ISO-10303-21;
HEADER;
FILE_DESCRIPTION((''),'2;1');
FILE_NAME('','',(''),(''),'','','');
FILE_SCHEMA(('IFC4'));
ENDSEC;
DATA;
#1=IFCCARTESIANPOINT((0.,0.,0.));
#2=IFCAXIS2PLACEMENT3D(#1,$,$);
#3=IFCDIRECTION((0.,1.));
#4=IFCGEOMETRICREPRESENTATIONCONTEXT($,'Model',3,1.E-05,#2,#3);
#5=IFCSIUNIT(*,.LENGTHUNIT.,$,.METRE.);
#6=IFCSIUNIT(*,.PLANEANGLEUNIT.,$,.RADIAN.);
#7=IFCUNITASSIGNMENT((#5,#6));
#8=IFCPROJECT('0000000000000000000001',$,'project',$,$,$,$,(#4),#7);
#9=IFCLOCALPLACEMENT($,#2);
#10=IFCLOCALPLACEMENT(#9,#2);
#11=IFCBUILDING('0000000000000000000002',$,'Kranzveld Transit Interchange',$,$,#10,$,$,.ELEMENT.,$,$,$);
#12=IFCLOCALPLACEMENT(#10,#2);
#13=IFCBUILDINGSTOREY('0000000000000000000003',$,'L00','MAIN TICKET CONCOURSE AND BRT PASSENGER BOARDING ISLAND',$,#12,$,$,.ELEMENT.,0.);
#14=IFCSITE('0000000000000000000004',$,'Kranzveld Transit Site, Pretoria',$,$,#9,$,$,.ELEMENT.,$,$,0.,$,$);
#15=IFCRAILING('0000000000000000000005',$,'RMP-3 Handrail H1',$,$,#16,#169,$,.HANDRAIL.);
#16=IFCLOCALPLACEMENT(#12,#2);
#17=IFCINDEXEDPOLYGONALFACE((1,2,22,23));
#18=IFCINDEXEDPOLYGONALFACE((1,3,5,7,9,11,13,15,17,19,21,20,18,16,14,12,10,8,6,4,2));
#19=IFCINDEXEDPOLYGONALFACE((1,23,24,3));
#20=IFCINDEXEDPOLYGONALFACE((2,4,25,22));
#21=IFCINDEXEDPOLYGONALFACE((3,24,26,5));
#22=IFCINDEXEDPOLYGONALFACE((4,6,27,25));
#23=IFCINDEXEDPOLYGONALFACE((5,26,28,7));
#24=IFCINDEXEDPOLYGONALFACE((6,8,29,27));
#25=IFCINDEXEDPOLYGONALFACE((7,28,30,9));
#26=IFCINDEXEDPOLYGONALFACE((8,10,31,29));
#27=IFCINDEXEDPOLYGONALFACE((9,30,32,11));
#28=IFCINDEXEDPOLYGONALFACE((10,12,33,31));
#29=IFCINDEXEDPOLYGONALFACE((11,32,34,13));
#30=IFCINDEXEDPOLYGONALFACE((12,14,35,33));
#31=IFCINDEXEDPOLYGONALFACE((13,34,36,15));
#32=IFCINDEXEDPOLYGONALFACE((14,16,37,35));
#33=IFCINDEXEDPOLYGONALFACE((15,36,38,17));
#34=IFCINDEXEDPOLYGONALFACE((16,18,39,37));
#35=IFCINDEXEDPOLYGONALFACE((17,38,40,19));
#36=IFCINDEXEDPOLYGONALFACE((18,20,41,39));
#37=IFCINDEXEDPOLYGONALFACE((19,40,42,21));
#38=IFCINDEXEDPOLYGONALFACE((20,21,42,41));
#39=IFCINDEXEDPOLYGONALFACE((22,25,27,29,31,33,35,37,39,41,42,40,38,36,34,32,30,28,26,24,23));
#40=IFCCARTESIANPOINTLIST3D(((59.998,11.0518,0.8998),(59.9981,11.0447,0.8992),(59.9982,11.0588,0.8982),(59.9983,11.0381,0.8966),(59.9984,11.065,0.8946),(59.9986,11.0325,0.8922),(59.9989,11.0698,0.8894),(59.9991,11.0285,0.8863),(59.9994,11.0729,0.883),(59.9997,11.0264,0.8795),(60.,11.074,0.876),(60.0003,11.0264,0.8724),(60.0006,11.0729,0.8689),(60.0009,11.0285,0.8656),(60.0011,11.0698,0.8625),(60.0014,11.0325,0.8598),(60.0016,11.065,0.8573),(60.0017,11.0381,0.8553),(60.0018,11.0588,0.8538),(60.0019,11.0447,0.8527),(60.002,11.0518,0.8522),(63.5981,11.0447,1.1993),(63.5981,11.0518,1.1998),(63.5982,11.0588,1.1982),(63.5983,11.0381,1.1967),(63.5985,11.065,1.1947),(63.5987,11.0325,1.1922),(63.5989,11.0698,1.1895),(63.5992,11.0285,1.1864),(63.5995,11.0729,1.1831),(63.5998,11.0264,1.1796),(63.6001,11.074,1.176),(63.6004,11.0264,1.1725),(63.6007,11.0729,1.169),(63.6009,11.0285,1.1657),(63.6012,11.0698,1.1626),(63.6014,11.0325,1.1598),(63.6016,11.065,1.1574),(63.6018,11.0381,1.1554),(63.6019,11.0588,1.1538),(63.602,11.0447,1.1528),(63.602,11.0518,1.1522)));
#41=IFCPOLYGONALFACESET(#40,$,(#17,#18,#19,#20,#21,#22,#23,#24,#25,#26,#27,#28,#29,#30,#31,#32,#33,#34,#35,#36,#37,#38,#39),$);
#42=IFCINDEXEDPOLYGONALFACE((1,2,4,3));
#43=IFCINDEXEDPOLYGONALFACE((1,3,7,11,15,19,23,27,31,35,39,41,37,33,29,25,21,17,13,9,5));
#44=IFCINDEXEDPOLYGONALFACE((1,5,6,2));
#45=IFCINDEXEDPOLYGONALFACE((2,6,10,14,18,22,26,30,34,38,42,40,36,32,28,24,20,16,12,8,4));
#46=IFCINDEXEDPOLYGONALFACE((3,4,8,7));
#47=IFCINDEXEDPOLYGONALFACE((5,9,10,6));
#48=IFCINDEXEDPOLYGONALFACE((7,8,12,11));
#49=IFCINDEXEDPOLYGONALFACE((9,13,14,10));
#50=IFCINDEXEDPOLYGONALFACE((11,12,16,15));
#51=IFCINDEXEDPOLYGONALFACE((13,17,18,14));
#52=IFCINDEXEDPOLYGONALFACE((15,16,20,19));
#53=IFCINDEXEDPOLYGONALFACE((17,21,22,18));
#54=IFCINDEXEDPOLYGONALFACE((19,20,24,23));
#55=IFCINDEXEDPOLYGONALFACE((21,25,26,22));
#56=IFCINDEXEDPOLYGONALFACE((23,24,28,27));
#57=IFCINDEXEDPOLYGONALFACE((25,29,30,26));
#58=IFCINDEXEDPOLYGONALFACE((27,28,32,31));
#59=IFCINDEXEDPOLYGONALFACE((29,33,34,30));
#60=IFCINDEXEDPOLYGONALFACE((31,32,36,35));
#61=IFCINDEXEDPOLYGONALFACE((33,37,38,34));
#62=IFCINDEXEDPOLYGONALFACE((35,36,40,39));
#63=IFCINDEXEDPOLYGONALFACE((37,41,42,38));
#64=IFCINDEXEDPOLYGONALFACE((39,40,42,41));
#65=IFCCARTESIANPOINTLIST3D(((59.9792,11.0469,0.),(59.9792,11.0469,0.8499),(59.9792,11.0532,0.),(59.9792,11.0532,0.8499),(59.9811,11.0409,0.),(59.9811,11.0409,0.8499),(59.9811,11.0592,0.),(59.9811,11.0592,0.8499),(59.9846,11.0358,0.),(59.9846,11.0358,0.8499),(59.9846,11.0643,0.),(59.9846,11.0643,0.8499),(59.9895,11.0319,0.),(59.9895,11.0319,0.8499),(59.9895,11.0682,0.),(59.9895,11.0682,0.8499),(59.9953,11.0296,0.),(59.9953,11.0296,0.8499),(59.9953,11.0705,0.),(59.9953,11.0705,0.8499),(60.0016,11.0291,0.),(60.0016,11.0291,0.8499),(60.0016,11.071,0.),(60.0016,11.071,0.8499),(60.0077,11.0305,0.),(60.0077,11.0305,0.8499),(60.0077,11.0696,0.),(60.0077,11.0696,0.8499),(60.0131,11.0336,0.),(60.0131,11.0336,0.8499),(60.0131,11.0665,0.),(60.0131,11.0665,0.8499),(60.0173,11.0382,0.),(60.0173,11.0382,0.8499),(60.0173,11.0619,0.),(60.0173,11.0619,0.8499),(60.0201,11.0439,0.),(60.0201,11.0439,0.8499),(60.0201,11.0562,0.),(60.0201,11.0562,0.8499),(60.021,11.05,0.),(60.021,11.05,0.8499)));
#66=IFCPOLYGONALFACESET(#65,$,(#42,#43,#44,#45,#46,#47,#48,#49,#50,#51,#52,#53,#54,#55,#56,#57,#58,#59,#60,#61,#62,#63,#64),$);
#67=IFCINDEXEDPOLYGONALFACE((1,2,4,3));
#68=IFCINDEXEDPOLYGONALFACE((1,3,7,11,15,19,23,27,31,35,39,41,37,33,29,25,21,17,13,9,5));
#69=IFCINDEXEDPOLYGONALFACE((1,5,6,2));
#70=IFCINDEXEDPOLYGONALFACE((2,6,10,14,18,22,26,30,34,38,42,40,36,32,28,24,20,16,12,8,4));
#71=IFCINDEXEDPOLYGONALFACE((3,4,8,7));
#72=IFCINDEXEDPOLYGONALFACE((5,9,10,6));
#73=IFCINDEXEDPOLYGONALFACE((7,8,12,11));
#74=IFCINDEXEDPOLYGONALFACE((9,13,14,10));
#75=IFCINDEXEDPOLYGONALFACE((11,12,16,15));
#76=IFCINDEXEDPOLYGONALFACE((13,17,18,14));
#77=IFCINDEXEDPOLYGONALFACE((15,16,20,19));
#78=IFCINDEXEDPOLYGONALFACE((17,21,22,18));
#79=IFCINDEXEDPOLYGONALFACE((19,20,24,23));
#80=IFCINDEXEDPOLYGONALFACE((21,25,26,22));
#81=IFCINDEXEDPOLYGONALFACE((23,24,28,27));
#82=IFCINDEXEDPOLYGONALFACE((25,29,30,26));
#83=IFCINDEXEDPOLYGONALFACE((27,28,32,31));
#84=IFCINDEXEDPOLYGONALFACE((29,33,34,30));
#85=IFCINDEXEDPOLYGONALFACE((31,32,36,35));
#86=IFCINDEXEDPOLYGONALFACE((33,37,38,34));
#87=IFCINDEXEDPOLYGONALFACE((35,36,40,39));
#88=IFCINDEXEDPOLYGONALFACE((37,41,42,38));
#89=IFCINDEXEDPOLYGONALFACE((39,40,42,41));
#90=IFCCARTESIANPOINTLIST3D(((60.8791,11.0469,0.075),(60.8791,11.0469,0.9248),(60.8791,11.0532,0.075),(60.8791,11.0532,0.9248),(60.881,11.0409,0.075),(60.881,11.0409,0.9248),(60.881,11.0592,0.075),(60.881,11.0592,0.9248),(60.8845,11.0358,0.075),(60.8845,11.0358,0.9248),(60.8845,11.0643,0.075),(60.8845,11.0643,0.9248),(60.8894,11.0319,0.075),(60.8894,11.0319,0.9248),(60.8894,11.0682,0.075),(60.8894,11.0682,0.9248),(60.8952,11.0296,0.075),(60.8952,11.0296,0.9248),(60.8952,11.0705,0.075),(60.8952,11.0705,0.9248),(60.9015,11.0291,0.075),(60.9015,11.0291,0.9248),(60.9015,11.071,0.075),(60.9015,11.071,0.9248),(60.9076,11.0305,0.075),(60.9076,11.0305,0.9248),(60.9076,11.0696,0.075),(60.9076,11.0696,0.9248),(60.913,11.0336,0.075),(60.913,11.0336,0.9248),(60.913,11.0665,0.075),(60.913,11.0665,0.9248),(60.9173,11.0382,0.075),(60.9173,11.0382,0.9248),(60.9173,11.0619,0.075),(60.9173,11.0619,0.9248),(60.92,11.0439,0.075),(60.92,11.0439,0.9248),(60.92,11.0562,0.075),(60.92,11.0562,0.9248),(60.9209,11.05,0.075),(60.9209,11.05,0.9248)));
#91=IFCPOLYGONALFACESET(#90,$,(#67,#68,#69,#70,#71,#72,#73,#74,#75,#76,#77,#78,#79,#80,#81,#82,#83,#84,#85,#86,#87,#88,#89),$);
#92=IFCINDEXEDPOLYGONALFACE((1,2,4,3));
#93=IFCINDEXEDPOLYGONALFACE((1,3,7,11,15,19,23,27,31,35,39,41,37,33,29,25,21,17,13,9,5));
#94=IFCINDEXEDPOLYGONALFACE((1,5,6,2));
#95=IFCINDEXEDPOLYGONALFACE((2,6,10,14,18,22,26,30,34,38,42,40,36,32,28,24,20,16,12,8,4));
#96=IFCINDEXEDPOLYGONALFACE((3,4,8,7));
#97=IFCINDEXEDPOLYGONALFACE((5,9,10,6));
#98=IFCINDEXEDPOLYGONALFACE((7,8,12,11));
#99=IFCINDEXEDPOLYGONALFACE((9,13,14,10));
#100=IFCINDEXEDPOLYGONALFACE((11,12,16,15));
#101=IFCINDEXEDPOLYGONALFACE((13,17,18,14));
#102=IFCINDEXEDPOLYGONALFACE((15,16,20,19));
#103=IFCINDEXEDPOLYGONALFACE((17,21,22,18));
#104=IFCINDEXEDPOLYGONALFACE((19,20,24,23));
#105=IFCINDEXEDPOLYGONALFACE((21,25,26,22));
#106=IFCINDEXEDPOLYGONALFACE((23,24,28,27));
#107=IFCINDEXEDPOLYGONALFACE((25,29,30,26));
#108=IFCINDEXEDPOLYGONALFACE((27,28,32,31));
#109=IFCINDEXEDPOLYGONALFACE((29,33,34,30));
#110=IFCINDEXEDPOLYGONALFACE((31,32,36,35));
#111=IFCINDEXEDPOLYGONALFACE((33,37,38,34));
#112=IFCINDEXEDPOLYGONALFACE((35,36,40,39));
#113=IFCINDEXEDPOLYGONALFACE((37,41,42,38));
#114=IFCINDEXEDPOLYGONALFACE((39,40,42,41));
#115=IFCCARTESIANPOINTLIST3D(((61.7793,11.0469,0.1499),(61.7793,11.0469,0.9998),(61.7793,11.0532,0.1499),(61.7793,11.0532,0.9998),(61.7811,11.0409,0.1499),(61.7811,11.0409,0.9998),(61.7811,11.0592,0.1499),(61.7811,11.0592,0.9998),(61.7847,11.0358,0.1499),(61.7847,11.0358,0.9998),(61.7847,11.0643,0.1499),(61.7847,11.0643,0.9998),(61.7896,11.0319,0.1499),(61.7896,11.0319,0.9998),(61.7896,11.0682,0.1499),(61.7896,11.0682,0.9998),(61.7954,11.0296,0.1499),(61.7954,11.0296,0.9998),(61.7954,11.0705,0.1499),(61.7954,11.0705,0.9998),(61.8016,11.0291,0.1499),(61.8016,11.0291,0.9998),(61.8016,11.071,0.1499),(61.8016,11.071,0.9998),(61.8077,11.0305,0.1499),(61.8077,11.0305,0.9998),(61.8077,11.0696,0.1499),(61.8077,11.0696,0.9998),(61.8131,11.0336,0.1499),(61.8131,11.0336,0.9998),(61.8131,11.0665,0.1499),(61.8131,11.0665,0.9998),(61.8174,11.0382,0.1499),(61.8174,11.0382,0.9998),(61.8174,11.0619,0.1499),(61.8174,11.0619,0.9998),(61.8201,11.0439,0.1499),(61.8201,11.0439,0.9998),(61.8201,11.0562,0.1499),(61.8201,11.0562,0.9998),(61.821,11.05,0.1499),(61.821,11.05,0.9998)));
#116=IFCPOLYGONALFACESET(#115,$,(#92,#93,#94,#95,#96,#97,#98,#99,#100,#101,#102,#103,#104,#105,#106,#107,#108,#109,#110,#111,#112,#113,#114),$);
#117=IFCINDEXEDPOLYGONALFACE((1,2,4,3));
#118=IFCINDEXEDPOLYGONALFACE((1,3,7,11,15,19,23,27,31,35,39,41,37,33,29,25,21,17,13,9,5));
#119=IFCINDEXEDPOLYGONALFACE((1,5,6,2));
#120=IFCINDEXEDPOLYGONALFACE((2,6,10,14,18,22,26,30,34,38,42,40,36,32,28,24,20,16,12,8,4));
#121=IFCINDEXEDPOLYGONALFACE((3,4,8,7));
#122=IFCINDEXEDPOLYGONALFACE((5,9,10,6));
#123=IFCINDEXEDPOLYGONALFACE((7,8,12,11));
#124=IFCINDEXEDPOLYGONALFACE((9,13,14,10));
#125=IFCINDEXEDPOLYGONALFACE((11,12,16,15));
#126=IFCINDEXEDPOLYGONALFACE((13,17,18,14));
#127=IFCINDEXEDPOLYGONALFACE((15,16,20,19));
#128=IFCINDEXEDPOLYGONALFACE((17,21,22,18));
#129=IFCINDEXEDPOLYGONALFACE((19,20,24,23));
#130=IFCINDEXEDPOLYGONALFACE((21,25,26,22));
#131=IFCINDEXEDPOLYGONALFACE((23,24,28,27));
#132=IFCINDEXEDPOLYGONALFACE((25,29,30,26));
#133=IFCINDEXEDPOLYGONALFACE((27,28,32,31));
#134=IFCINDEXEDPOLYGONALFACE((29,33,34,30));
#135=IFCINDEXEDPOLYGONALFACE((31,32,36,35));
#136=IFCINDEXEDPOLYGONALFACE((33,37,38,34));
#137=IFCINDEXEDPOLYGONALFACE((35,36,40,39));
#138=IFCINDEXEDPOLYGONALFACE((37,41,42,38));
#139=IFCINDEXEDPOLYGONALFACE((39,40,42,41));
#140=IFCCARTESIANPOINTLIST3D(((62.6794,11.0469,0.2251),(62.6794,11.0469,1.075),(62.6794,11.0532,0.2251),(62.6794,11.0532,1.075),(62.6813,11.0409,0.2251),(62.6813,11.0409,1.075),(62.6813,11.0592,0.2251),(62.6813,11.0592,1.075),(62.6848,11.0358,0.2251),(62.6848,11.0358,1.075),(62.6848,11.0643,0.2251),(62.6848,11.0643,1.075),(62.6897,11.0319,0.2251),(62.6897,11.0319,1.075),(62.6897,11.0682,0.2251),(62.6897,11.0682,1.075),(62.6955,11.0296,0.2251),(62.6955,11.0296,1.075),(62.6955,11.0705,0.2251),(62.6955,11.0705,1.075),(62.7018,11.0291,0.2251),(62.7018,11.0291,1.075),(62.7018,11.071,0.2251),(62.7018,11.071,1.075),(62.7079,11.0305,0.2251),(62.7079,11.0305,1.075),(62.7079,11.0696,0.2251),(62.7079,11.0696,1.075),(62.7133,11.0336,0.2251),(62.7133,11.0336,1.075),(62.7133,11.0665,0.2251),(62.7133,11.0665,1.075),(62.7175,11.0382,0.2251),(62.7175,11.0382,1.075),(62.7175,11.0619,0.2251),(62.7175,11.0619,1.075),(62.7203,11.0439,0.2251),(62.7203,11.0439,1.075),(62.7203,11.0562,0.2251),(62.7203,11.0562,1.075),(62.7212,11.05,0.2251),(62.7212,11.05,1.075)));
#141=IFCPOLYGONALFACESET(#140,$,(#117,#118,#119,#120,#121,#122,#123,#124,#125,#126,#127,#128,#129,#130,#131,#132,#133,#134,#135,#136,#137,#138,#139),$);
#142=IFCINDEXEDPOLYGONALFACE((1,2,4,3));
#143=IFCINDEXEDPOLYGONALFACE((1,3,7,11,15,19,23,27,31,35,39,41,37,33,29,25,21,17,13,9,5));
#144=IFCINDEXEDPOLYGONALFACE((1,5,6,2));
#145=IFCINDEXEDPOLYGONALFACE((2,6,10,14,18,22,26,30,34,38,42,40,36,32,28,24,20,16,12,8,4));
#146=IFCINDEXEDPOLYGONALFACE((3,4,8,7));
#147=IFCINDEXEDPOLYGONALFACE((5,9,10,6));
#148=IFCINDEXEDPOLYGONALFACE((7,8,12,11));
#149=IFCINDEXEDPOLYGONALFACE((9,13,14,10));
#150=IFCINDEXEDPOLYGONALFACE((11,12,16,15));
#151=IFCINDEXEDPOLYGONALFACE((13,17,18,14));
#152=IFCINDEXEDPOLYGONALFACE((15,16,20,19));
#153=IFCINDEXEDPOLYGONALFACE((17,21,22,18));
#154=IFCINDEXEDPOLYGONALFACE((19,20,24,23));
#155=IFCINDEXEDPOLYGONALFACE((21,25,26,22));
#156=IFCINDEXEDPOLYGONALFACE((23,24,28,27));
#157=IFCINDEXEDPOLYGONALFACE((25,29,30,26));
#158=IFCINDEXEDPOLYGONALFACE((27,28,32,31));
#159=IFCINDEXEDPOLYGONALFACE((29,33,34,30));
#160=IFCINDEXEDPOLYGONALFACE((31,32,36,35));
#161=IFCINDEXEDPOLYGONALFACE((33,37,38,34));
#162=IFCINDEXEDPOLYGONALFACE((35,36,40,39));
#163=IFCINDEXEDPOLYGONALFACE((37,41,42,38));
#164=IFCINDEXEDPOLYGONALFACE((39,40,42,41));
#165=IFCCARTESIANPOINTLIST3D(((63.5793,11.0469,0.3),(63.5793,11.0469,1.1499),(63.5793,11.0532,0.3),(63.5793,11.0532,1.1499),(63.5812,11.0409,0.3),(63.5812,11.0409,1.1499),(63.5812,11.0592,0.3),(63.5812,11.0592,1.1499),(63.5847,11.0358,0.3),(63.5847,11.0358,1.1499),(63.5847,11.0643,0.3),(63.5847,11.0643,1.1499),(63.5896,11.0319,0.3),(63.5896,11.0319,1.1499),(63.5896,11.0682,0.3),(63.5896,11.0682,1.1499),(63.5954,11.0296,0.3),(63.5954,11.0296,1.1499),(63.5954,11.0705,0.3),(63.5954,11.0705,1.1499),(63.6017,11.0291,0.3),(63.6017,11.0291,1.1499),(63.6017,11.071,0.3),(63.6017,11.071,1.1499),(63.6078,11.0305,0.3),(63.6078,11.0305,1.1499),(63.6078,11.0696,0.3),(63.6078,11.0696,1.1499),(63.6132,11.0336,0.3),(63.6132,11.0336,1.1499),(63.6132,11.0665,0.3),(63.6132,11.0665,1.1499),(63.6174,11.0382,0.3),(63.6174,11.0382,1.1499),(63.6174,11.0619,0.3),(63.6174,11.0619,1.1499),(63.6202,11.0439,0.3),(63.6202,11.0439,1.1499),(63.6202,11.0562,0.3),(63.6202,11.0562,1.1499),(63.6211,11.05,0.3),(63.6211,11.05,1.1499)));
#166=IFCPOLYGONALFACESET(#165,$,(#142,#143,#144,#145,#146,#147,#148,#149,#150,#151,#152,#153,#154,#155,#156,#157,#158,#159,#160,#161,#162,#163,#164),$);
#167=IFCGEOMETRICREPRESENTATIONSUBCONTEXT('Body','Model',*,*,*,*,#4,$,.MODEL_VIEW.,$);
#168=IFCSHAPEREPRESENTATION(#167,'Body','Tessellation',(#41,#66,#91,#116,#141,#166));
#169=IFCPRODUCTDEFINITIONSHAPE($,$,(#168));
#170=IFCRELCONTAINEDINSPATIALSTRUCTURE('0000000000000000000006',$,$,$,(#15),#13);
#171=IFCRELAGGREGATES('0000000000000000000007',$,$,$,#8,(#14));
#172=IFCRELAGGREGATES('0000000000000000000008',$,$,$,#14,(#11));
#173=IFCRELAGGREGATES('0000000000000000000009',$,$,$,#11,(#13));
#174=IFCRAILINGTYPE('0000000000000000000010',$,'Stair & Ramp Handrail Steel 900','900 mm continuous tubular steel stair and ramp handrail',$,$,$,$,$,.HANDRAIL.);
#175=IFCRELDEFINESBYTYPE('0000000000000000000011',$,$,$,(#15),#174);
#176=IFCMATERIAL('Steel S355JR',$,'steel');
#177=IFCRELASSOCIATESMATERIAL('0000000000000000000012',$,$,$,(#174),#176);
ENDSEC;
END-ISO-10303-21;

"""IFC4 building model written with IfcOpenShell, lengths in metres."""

from ifc_helpers import new_model, si_unit, direction, frame, origin, origin_2d, place, context, subcontext, project, spatial, circle, extrude, material, type_object, element, save


model = new_model("IFC4")

# Units and contexts
model_context = context("Model", 3, precision=1e-05, world=origin(), true_north=direction((0.0, 1.0)))
body_context = subcontext(model_context, "Body", "Model", "MODEL_VIEW")
ifc_project = project(units=[si_unit("LENGTHUNIT", "METRE"), si_unit("PLANEANGLEUNIT", "RADIAN")], contexts=[model_context])

# Site, building, storey
site_placement = place(None, origin())
site = spatial("IfcSite", under=ifc_project, at=site_placement, Name="Kranzveld Transit Site, Pretoria", CompositionType="ELEMENT", RefElevation=0.0)
building_placement = place(site_placement, origin())
building = spatial("IfcBuilding", under=site, at=building_placement, Name="Kranzveld Transit Interchange", CompositionType="ELEMENT")
storey_placement = place(building_placement, origin())
storey = spatial("IfcBuildingStorey", under=building, at=storey_placement, Name="L00", Description="MAIN TICKET CONCOURSE AND BRT PASSENGER BOARDING ISLAND", CompositionType="ELEMENT", Elevation=0.0)

# Railing
ifc_material_1 = material(Name="Steel S355JR", Category="steel")
railing_type = type_object("IfcRailingType", Name="Stair & Ramp Handrail Steel 900", Description="900 mm continuous tubular steel stair and ramp handrail", PredefinedType="HANDRAIL", material=ifc_material_1)
for number, where, name in (
    (1, (60.0, 11.05, 0.0), "RMP-3 Handrail H1"),
):
    element("IfcRailing", number, at=place(storey_placement, frame(where)), inside=storey, type_object=railing_type, Name=name, PredefinedType="HANDRAIL", context=body_context, shape_type="SweptSolid", body=[
        extrude(circle(Radius=0.0239, at=origin_2d()), frame((0.0, 0.0, 0.876), z_axis=(0.996545, 0.0, 0.083057), x_axis=(0.0, 1.0, 0.0)), (0.0, 0.0, 1.0), 3.6125),
        extrude(circle(Radius=0.021, at=origin_2d()), origin(), (0.0, 0.0, 1.0), 0.8499),
        extrude(circle(Radius=0.021, at=origin_2d()), frame((0.8999, 0.0, 0.075)), (0.0, 0.0, 1.0), 0.8499),
        extrude(circle(Radius=0.021, at=origin_2d()), frame((1.8, 0.0, 0.1499)), (0.0, 0.0, 1.0), 0.8499),
        extrude(circle(Radius=0.021, at=origin_2d()), frame((2.7002, 0.0, 0.2251)), (0.0, 0.0, 1.0), 0.8499),
        extrude(circle(Radius=0.021, at=origin_2d()), frame((3.6001, 0.0, 0.3)), (0.0, 0.0, 1.0), 0.8499),
    ])

save(model, "model.ifc")
